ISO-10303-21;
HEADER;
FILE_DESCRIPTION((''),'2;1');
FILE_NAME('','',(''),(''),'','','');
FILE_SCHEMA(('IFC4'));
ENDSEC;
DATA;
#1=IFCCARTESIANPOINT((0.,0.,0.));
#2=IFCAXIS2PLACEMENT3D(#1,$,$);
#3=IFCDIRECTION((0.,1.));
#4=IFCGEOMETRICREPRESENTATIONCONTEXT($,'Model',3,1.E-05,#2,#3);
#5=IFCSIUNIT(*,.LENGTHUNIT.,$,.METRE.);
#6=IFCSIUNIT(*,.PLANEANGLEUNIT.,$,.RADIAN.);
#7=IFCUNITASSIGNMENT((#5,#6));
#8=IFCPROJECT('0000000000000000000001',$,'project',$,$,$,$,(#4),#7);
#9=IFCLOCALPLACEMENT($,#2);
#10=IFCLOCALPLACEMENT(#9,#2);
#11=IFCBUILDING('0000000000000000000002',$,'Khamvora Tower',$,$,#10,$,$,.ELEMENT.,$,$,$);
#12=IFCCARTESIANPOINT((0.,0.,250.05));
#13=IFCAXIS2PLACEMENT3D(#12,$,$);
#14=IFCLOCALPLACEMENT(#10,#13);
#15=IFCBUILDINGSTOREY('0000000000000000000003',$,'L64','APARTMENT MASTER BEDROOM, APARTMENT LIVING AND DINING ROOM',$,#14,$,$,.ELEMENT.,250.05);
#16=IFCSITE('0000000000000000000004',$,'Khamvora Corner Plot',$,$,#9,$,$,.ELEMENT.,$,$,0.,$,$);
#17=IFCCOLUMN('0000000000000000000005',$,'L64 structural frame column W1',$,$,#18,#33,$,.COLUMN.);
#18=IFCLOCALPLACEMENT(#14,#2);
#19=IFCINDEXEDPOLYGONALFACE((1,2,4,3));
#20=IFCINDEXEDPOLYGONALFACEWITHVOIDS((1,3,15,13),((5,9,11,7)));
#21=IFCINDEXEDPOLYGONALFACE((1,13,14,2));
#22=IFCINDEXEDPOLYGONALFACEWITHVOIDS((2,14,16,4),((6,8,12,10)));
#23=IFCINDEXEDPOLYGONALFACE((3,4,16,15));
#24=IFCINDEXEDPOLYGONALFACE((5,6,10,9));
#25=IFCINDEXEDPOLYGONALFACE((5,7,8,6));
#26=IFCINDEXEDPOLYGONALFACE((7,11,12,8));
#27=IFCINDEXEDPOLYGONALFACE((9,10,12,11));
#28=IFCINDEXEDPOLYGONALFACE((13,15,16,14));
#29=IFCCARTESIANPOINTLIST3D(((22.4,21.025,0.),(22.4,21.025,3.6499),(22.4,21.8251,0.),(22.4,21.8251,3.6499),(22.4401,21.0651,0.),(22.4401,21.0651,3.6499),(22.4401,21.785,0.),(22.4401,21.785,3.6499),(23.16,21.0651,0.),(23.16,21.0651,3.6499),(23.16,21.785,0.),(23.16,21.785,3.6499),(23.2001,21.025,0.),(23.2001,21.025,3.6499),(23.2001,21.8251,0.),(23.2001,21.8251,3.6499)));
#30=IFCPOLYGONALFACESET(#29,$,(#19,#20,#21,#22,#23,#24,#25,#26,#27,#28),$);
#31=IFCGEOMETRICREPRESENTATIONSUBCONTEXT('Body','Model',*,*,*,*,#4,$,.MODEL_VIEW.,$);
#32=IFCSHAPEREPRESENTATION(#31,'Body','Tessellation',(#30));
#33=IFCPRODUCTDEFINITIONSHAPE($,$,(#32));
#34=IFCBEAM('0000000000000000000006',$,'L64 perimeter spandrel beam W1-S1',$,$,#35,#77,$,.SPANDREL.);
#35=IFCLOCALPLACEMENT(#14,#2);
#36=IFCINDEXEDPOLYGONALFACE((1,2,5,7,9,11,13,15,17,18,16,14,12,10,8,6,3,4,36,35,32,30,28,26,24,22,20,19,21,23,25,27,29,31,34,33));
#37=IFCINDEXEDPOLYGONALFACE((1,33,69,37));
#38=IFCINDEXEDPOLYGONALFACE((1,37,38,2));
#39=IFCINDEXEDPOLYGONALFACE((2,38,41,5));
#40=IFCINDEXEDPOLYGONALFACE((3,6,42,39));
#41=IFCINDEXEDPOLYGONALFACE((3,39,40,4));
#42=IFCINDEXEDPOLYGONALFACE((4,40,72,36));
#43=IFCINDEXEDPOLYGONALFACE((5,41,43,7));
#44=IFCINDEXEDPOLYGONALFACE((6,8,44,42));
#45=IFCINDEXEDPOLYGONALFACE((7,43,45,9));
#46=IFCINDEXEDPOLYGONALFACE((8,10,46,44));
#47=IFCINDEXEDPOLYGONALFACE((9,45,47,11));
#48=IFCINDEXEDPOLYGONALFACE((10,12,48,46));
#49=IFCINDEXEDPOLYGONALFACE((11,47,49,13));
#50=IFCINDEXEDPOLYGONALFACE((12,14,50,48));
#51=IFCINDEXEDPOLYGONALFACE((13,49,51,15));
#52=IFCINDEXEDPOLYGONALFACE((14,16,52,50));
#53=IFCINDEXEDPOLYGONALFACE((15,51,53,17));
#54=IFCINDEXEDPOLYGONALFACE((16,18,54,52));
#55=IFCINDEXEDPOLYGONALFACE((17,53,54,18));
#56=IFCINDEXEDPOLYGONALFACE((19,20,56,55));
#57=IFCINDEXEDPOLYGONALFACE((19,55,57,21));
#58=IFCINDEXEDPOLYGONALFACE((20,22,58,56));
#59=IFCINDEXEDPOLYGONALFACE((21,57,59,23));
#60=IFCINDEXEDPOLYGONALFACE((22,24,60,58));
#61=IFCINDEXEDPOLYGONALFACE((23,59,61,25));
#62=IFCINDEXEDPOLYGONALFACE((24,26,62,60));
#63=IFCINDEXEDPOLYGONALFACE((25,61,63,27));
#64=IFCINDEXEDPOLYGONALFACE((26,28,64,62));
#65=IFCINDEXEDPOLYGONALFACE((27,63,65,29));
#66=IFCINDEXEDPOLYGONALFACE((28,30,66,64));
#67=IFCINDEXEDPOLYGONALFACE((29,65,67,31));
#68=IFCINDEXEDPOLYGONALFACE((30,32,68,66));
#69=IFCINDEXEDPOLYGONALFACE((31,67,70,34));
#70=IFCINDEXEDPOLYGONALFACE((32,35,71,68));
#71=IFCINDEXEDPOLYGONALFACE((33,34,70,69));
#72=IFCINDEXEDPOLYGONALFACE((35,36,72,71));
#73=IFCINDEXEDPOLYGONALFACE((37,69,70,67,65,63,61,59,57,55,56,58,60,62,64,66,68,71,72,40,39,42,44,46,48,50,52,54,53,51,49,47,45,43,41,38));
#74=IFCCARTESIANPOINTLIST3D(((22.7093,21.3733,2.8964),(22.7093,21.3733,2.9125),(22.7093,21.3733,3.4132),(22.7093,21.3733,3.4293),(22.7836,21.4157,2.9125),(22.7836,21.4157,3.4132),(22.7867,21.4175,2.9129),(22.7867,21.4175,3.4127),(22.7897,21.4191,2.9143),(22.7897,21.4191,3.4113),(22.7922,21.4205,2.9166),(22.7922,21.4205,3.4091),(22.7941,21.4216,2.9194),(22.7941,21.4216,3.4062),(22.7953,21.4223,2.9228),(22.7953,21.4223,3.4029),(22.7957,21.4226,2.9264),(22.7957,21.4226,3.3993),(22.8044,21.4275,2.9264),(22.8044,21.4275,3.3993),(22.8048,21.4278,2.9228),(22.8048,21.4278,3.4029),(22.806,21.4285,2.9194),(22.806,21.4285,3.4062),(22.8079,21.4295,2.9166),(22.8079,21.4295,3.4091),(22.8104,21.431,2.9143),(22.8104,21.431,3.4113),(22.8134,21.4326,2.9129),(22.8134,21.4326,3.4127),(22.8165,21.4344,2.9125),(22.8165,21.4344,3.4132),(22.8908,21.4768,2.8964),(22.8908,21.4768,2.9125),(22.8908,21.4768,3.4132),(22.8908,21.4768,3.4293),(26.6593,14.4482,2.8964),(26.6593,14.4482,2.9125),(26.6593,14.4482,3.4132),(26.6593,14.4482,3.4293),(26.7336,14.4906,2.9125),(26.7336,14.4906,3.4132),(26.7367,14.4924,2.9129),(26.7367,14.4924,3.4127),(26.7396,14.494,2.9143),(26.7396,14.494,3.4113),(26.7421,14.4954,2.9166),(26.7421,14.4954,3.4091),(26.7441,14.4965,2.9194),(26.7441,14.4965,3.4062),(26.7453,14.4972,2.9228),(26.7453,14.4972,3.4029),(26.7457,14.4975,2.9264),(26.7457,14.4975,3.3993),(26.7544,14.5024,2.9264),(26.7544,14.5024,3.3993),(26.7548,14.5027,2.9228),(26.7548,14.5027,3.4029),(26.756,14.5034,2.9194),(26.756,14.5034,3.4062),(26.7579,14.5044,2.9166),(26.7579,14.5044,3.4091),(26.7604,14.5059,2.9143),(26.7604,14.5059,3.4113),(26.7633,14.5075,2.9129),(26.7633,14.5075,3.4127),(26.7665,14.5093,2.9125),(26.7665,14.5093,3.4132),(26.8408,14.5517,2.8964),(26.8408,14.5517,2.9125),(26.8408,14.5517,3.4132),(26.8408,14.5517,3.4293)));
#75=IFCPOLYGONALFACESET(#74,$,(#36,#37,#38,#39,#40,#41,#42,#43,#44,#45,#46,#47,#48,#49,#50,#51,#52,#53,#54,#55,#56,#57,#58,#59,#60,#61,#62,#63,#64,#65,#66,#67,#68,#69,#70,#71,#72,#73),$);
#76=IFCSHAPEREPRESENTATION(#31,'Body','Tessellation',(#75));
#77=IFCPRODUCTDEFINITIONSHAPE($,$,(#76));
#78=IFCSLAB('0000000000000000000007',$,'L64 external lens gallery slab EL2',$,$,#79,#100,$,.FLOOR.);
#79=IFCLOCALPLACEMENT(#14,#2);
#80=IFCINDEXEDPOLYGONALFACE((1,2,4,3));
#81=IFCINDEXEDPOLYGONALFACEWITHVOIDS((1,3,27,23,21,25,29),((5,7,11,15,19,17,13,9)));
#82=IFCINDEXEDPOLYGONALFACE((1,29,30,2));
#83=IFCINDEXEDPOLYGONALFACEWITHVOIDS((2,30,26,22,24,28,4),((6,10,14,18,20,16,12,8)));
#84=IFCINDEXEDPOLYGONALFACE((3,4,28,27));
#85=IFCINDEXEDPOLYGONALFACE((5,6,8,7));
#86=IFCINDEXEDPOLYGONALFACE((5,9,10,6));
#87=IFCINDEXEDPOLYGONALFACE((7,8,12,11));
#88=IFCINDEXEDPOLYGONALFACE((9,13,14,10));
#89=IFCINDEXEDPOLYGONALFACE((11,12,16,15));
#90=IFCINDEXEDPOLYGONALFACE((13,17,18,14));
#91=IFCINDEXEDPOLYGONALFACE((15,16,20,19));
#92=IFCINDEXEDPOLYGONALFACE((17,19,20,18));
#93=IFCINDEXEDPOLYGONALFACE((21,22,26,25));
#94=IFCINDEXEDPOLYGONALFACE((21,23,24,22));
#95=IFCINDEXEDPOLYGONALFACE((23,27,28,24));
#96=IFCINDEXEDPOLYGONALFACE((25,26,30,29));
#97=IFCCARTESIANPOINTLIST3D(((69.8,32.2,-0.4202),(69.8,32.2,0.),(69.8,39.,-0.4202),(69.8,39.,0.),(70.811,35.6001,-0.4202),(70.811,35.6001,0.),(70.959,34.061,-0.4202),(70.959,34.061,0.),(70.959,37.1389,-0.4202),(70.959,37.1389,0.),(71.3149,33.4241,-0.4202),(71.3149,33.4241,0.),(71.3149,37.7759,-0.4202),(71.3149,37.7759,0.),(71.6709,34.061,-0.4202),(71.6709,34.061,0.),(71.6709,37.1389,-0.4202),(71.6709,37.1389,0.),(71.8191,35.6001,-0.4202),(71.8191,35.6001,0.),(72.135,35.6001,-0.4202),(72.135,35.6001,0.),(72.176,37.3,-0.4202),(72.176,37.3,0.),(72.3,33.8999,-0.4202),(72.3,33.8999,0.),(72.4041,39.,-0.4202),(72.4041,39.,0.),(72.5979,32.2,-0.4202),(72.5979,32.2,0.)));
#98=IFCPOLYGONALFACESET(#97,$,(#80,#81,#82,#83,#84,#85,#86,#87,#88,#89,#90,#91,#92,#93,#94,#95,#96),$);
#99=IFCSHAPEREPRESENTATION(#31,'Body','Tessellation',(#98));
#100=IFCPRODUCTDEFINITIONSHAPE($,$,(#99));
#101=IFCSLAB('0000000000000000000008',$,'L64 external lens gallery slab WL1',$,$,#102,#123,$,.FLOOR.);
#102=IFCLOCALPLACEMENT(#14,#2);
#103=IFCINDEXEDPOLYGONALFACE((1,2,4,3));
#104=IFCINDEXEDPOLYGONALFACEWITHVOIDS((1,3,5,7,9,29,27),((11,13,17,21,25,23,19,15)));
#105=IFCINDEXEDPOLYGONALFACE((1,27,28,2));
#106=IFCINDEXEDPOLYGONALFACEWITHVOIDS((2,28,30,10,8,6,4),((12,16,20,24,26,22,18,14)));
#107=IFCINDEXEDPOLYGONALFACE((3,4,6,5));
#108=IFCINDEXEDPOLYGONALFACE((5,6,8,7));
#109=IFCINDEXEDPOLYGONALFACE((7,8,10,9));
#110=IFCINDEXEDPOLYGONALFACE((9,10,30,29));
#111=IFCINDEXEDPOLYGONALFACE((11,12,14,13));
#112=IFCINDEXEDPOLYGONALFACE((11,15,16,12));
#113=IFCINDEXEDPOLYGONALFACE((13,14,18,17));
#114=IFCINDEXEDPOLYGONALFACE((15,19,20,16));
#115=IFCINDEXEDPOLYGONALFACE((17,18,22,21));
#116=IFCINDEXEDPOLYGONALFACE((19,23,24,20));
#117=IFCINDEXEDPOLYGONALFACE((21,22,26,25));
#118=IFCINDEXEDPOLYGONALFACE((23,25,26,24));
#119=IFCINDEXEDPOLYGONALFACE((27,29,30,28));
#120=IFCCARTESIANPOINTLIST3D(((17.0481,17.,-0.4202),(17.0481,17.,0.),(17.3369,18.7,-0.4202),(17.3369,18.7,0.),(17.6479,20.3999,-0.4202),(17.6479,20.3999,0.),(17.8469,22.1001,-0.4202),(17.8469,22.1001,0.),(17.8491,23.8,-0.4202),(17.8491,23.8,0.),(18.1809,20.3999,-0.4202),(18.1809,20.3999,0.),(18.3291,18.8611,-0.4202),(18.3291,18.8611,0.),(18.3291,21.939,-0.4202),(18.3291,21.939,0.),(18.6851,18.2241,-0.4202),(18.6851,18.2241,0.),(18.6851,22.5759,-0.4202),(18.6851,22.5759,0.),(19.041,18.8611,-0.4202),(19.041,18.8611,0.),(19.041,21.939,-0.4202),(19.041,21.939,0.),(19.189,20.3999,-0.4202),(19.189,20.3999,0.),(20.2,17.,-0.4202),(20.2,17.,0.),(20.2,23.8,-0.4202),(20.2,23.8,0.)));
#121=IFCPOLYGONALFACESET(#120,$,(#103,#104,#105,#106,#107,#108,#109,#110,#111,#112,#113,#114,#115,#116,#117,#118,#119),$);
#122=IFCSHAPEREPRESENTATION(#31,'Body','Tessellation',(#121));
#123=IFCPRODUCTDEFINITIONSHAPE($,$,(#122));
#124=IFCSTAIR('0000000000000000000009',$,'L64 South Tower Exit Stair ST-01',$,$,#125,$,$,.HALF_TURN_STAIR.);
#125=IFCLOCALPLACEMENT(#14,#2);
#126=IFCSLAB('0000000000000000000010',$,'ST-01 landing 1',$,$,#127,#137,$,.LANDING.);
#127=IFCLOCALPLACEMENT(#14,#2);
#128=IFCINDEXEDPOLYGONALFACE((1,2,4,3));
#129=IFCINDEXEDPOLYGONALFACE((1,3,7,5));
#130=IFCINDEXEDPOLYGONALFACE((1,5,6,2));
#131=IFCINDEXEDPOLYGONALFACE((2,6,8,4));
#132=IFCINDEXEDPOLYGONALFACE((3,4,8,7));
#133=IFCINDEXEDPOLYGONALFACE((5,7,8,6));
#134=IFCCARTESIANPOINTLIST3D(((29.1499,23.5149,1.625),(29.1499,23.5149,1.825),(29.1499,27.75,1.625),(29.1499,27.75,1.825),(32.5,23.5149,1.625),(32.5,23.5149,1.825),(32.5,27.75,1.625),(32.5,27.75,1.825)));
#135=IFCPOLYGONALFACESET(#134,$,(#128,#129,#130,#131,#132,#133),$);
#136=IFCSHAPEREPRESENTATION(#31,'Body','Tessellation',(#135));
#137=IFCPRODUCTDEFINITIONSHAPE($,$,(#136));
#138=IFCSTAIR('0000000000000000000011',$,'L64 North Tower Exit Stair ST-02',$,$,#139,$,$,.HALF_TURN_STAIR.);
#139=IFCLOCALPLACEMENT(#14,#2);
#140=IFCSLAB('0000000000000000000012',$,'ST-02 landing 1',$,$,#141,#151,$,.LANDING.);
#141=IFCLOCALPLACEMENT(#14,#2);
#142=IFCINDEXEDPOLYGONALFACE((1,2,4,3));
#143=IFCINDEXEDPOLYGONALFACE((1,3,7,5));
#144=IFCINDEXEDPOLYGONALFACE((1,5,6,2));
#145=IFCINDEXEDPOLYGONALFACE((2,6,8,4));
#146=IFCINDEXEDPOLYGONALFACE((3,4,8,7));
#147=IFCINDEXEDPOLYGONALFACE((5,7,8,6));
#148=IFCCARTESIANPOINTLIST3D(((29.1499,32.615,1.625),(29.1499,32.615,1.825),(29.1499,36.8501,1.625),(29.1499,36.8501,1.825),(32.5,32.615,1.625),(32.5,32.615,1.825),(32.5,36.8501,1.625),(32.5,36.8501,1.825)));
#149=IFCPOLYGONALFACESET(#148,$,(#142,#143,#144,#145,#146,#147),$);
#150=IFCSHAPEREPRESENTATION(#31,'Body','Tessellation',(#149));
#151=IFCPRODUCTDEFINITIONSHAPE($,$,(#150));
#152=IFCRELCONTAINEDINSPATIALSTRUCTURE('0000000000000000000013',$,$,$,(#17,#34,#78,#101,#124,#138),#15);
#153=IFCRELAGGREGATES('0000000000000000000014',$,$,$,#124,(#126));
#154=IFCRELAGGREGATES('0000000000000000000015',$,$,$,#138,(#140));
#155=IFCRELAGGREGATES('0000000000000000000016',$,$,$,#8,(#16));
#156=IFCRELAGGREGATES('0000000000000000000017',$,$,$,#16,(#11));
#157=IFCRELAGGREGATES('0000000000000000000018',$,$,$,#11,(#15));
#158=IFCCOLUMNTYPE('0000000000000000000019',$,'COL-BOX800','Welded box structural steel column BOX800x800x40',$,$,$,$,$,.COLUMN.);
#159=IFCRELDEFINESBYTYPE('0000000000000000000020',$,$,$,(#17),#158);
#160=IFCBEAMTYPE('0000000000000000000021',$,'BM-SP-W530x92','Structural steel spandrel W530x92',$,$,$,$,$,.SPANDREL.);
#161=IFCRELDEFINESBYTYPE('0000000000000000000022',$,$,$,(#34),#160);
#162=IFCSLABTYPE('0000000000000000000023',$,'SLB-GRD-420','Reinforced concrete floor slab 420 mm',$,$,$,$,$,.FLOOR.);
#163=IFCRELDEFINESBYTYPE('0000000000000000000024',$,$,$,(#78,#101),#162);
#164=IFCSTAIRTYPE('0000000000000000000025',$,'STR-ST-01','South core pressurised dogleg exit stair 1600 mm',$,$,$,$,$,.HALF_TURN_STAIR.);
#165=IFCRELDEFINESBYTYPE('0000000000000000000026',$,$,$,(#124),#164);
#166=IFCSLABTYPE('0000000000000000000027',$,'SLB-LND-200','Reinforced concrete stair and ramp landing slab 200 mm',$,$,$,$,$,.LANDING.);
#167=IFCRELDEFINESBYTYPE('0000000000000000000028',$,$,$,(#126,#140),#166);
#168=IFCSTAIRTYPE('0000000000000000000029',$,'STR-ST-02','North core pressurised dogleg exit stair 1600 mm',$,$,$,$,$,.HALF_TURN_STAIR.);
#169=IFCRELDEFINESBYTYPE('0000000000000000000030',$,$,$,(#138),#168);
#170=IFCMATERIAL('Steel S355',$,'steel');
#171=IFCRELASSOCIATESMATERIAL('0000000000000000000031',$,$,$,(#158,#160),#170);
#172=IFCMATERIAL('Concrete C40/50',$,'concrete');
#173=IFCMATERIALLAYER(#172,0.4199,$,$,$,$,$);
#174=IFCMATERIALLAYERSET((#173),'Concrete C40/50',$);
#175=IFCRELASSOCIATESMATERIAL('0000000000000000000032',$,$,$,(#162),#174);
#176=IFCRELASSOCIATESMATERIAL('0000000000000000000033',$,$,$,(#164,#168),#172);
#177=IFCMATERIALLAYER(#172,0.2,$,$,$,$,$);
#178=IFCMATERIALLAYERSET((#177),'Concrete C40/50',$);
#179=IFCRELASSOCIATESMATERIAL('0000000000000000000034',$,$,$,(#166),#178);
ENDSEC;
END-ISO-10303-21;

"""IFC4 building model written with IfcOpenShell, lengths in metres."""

from ifc_helpers import new_model, si_unit, direction, frame, origin, origin_2d, place, context, subcontext, project, spatial, polyline, hollow_rectangle, i_section, outline, extrude, material, layer, layer_set, material_profile, profile_set, type_object, element, aggregate, save


model = new_model("IFC4")

# Units and contexts
model_context = context("Model", 3, precision=1e-05, world=origin(), true_north=direction((0.0, 1.0)))
body_context = subcontext(model_context, "Body", "Model", "MODEL_VIEW")
ifc_project = project(units=[si_unit("LENGTHUNIT", "METRE"), si_unit("PLANEANGLEUNIT", "RADIAN")], contexts=[model_context])

# Site, building, storey
site_placement = place(None, origin())
site = spatial("IfcSite", under=ifc_project, at=site_placement, Name="Khamvora Corner Plot", CompositionType="ELEMENT", RefElevation=0.0)
building_placement = place(site_placement, origin())
building = spatial("IfcBuilding", under=site, at=building_placement, Name="Khamvora Tower", CompositionType="ELEMENT")
storey_placement = place(building_placement, frame((0.0, 0.0, 250.05)))
storey = spatial("IfcBuildingStorey", under=building, at=storey_placement, Name="L64", Description="APARTMENT MASTER BEDROOM, APARTMENT LIVING AND DINING ROOM", CompositionType="ELEMENT", Elevation=250.05)

# Column
ifc_material_1 = material(Name="Steel S355", Category="steel")
ifc_material_profile_1 = material_profile(ifc_material_1, hollow_rectangle(XDim=0.8, YDim=0.8, WallThickness=0.04, at=origin_2d()), Name="BOX800x800x40")
ifc_profile_set_1 = profile_set([ifc_material_profile_1], Name="Steel S355")
column_type = type_object("IfcColumnType", Name="COL-BOX800", Description="Welded box structural steel column BOX800x800x40", PredefinedType="COLUMN", material=ifc_profile_set_1)
column_placement = place(storey_placement, frame((22.8, 21.425, 0.0), z_axis=(0.0, 0.0, 1.0), x_axis=(1.0, 0.0, 0.0)))
element("IfcColumn", 1, at=column_placement, inside=storey, type_object=column_type, Name="L64 structural frame column W1", PredefinedType="COLUMN", context=body_context, shape_type="SweptSolid", body=[
    extrude(hollow_rectangle(XDim=0.8, YDim=0.8, WallThickness=0.04, at=origin_2d()), origin(), (0.0, 0.0, 1.0), 3.6499),
])

# Beam
ifc_material_profile_2 = material_profile(ifc_material_1, i_section(OverallWidth=0.209, OverallDepth=0.533, WebThickness=0.01, FlangeThickness=0.0161, FilletRadius=0.0139, at=origin_2d()), Name="W530x92")
ifc_profile_set_2 = profile_set([ifc_material_profile_2], Name="Steel S355")
beam_type = type_object("IfcBeamType", Name="BM-SP-W530x92", Description="Structural steel spandrel W530x92", PredefinedType="SPANDREL", material=ifc_profile_set_2)
beam_placement = place(storey_placement, frame((22.8, 21.425, 3.1628), z_axis=(0.495456, -0.868633, 0.0), x_axis=(0.868633, 0.495456, 0.0)))
element("IfcBeam", 2, at=beam_placement, inside=storey, type_object=beam_type, Name="L64 perimeter spandrel beam W1-S1", PredefinedType="SPANDREL", context=body_context, shape_type="SweptSolid", body=[
    extrude(i_section(OverallWidth=0.209, OverallDepth=0.533, WebThickness=0.01, FlangeThickness=0.0161, FilletRadius=0.0139, at=origin_2d()), origin(), (0.0, 0.0, 1.0), 7.9724),
])

# Slabs
ifc_material_2 = material(Name="Concrete C40/50", Category="concrete")
ifc_layer_1 = layer(ifc_material_2, 0.4199)
ifc_layer_set_1 = layer_set([ifc_layer_1], Name="Concrete C40/50")
slab_type_1 = type_object("IfcSlabType", Name="SLB-GRD-420", Description="Reinforced concrete floor slab 420 mm", PredefinedType="FLOOR", material=ifc_layer_set_1)
slab_1_placement = place(storey_placement, frame((0.0, 0.0, -0.4202)))
element("IfcSlab", 3, at=slab_1_placement, inside=storey, type_object=slab_type_1, Name="L64 external lens gallery slab EL2", PredefinedType="FLOOR", context=body_context, shape_type="SweptSolid", body=[
    extrude(outline(polyline([(72.5979, 32.2), (72.3, 33.8999), (72.135, 35.6001), (72.176, 37.3), (72.4041, 39.0), (69.8, 39.0), (69.8, 32.2), (72.5979, 32.2)]), holes=[polyline([(71.8191, 35.6001), (71.6709, 37.1389), (71.3149, 37.7759), (70.959, 37.1389), (70.811, 35.6001), (70.959, 34.061), (71.3149, 33.4241), (71.6709, 34.061), (71.8191, 35.6001)])]), origin(), (0.0, 0.0, 1.0), 0.4202),
])
slab_2_placement = place(storey_placement, frame((0.0, 0.0, -0.4202)))
element("IfcSlab", 4, at=slab_2_placement, inside=storey, type_object=slab_type_1, Name="L64 external lens gallery slab WL1", PredefinedType="FLOOR", context=body_context, shape_type="SweptSolid", body=[
    extrude(outline(polyline([(20.2, 17.0), (20.2, 23.8), (17.8491, 23.8), (17.8469, 22.1001), (17.6479, 20.3999), (17.3369, 18.7), (17.0481, 17.0), (20.2, 17.0)]), holes=[polyline([(19.189, 20.3999), (19.041, 21.939), (18.6851, 22.5759), (18.3291, 21.939), (18.1809, 20.3999), (18.3291, 18.8611), (18.6851, 18.2241), (19.041, 18.8611), (19.189, 20.3999)])]), origin(), (0.0, 0.0, 1.0), 0.4202),
])

# Stairs, slabs
stair_type_1 = type_object("IfcStairType", Name="STR-ST-01", Description="South core pressurised dogleg exit stair 1600 mm", PredefinedType="HALF_TURN_STAIR", material=ifc_material_2)
stair_1_placement = place(storey_placement, origin())
stair_1 = element("IfcStair", 5, at=stair_1_placement, inside=storey, type_object=stair_type_1, Name="L64 South Tower Exit Stair ST-01", PredefinedType="HALF_TURN_STAIR")
ifc_layer_2 = layer(ifc_material_2, 0.2)
ifc_layer_set_2 = layer_set([ifc_layer_2], Name="Concrete C40/50")
slab_type_2 = type_object("IfcSlabType", Name="SLB-LND-200", Description="Reinforced concrete stair and ramp landing slab 200 mm", PredefinedType="LANDING", material=ifc_layer_set_2)
slab_3_placement = place(storey_placement, frame((0.0, 0.0, 1.625)))
slab_3 = element("IfcSlab", 6, at=slab_3_placement, type_object=slab_type_2, Name="ST-01 landing 1", PredefinedType="LANDING", context=body_context, shape_type="SweptSolid", body=[
    extrude(outline(polyline([(32.5, 23.5149), (32.5, 27.75), (29.1499, 27.75), (29.1499, 23.5149), (32.5, 23.5149)])), origin(), (0.0, 0.0, 1.0), 0.2),
])
aggregate(stair_1, [slab_3])
stair_type_2 = type_object("IfcStairType", Name="STR-ST-02", Description="North core pressurised dogleg exit stair 1600 mm", PredefinedType="HALF_TURN_STAIR", material=ifc_material_2)
stair_2_placement = place(storey_placement, origin())
stair_2 = element("IfcStair", 7, at=stair_2_placement, inside=storey, type_object=stair_type_2, Name="L64 North Tower Exit Stair ST-02", PredefinedType="HALF_TURN_STAIR")
slab_4_placement = place(storey_placement, frame((0.0, 0.0, 1.625)))
slab_4 = element("IfcSlab", 8, at=slab_4_placement, type_object=slab_type_2, Name="ST-02 landing 1", PredefinedType="LANDING", context=body_context, shape_type="SweptSolid", body=[
    extrude(outline(polyline([(32.5, 32.615), (32.5, 36.8501), (29.1499, 36.8501), (29.1499, 32.615), (32.5, 32.615)])), origin(), (0.0, 0.0, 1.0), 0.2),
])
aggregate(stair_2, [slab_4])

save(model, "model.ifc")
